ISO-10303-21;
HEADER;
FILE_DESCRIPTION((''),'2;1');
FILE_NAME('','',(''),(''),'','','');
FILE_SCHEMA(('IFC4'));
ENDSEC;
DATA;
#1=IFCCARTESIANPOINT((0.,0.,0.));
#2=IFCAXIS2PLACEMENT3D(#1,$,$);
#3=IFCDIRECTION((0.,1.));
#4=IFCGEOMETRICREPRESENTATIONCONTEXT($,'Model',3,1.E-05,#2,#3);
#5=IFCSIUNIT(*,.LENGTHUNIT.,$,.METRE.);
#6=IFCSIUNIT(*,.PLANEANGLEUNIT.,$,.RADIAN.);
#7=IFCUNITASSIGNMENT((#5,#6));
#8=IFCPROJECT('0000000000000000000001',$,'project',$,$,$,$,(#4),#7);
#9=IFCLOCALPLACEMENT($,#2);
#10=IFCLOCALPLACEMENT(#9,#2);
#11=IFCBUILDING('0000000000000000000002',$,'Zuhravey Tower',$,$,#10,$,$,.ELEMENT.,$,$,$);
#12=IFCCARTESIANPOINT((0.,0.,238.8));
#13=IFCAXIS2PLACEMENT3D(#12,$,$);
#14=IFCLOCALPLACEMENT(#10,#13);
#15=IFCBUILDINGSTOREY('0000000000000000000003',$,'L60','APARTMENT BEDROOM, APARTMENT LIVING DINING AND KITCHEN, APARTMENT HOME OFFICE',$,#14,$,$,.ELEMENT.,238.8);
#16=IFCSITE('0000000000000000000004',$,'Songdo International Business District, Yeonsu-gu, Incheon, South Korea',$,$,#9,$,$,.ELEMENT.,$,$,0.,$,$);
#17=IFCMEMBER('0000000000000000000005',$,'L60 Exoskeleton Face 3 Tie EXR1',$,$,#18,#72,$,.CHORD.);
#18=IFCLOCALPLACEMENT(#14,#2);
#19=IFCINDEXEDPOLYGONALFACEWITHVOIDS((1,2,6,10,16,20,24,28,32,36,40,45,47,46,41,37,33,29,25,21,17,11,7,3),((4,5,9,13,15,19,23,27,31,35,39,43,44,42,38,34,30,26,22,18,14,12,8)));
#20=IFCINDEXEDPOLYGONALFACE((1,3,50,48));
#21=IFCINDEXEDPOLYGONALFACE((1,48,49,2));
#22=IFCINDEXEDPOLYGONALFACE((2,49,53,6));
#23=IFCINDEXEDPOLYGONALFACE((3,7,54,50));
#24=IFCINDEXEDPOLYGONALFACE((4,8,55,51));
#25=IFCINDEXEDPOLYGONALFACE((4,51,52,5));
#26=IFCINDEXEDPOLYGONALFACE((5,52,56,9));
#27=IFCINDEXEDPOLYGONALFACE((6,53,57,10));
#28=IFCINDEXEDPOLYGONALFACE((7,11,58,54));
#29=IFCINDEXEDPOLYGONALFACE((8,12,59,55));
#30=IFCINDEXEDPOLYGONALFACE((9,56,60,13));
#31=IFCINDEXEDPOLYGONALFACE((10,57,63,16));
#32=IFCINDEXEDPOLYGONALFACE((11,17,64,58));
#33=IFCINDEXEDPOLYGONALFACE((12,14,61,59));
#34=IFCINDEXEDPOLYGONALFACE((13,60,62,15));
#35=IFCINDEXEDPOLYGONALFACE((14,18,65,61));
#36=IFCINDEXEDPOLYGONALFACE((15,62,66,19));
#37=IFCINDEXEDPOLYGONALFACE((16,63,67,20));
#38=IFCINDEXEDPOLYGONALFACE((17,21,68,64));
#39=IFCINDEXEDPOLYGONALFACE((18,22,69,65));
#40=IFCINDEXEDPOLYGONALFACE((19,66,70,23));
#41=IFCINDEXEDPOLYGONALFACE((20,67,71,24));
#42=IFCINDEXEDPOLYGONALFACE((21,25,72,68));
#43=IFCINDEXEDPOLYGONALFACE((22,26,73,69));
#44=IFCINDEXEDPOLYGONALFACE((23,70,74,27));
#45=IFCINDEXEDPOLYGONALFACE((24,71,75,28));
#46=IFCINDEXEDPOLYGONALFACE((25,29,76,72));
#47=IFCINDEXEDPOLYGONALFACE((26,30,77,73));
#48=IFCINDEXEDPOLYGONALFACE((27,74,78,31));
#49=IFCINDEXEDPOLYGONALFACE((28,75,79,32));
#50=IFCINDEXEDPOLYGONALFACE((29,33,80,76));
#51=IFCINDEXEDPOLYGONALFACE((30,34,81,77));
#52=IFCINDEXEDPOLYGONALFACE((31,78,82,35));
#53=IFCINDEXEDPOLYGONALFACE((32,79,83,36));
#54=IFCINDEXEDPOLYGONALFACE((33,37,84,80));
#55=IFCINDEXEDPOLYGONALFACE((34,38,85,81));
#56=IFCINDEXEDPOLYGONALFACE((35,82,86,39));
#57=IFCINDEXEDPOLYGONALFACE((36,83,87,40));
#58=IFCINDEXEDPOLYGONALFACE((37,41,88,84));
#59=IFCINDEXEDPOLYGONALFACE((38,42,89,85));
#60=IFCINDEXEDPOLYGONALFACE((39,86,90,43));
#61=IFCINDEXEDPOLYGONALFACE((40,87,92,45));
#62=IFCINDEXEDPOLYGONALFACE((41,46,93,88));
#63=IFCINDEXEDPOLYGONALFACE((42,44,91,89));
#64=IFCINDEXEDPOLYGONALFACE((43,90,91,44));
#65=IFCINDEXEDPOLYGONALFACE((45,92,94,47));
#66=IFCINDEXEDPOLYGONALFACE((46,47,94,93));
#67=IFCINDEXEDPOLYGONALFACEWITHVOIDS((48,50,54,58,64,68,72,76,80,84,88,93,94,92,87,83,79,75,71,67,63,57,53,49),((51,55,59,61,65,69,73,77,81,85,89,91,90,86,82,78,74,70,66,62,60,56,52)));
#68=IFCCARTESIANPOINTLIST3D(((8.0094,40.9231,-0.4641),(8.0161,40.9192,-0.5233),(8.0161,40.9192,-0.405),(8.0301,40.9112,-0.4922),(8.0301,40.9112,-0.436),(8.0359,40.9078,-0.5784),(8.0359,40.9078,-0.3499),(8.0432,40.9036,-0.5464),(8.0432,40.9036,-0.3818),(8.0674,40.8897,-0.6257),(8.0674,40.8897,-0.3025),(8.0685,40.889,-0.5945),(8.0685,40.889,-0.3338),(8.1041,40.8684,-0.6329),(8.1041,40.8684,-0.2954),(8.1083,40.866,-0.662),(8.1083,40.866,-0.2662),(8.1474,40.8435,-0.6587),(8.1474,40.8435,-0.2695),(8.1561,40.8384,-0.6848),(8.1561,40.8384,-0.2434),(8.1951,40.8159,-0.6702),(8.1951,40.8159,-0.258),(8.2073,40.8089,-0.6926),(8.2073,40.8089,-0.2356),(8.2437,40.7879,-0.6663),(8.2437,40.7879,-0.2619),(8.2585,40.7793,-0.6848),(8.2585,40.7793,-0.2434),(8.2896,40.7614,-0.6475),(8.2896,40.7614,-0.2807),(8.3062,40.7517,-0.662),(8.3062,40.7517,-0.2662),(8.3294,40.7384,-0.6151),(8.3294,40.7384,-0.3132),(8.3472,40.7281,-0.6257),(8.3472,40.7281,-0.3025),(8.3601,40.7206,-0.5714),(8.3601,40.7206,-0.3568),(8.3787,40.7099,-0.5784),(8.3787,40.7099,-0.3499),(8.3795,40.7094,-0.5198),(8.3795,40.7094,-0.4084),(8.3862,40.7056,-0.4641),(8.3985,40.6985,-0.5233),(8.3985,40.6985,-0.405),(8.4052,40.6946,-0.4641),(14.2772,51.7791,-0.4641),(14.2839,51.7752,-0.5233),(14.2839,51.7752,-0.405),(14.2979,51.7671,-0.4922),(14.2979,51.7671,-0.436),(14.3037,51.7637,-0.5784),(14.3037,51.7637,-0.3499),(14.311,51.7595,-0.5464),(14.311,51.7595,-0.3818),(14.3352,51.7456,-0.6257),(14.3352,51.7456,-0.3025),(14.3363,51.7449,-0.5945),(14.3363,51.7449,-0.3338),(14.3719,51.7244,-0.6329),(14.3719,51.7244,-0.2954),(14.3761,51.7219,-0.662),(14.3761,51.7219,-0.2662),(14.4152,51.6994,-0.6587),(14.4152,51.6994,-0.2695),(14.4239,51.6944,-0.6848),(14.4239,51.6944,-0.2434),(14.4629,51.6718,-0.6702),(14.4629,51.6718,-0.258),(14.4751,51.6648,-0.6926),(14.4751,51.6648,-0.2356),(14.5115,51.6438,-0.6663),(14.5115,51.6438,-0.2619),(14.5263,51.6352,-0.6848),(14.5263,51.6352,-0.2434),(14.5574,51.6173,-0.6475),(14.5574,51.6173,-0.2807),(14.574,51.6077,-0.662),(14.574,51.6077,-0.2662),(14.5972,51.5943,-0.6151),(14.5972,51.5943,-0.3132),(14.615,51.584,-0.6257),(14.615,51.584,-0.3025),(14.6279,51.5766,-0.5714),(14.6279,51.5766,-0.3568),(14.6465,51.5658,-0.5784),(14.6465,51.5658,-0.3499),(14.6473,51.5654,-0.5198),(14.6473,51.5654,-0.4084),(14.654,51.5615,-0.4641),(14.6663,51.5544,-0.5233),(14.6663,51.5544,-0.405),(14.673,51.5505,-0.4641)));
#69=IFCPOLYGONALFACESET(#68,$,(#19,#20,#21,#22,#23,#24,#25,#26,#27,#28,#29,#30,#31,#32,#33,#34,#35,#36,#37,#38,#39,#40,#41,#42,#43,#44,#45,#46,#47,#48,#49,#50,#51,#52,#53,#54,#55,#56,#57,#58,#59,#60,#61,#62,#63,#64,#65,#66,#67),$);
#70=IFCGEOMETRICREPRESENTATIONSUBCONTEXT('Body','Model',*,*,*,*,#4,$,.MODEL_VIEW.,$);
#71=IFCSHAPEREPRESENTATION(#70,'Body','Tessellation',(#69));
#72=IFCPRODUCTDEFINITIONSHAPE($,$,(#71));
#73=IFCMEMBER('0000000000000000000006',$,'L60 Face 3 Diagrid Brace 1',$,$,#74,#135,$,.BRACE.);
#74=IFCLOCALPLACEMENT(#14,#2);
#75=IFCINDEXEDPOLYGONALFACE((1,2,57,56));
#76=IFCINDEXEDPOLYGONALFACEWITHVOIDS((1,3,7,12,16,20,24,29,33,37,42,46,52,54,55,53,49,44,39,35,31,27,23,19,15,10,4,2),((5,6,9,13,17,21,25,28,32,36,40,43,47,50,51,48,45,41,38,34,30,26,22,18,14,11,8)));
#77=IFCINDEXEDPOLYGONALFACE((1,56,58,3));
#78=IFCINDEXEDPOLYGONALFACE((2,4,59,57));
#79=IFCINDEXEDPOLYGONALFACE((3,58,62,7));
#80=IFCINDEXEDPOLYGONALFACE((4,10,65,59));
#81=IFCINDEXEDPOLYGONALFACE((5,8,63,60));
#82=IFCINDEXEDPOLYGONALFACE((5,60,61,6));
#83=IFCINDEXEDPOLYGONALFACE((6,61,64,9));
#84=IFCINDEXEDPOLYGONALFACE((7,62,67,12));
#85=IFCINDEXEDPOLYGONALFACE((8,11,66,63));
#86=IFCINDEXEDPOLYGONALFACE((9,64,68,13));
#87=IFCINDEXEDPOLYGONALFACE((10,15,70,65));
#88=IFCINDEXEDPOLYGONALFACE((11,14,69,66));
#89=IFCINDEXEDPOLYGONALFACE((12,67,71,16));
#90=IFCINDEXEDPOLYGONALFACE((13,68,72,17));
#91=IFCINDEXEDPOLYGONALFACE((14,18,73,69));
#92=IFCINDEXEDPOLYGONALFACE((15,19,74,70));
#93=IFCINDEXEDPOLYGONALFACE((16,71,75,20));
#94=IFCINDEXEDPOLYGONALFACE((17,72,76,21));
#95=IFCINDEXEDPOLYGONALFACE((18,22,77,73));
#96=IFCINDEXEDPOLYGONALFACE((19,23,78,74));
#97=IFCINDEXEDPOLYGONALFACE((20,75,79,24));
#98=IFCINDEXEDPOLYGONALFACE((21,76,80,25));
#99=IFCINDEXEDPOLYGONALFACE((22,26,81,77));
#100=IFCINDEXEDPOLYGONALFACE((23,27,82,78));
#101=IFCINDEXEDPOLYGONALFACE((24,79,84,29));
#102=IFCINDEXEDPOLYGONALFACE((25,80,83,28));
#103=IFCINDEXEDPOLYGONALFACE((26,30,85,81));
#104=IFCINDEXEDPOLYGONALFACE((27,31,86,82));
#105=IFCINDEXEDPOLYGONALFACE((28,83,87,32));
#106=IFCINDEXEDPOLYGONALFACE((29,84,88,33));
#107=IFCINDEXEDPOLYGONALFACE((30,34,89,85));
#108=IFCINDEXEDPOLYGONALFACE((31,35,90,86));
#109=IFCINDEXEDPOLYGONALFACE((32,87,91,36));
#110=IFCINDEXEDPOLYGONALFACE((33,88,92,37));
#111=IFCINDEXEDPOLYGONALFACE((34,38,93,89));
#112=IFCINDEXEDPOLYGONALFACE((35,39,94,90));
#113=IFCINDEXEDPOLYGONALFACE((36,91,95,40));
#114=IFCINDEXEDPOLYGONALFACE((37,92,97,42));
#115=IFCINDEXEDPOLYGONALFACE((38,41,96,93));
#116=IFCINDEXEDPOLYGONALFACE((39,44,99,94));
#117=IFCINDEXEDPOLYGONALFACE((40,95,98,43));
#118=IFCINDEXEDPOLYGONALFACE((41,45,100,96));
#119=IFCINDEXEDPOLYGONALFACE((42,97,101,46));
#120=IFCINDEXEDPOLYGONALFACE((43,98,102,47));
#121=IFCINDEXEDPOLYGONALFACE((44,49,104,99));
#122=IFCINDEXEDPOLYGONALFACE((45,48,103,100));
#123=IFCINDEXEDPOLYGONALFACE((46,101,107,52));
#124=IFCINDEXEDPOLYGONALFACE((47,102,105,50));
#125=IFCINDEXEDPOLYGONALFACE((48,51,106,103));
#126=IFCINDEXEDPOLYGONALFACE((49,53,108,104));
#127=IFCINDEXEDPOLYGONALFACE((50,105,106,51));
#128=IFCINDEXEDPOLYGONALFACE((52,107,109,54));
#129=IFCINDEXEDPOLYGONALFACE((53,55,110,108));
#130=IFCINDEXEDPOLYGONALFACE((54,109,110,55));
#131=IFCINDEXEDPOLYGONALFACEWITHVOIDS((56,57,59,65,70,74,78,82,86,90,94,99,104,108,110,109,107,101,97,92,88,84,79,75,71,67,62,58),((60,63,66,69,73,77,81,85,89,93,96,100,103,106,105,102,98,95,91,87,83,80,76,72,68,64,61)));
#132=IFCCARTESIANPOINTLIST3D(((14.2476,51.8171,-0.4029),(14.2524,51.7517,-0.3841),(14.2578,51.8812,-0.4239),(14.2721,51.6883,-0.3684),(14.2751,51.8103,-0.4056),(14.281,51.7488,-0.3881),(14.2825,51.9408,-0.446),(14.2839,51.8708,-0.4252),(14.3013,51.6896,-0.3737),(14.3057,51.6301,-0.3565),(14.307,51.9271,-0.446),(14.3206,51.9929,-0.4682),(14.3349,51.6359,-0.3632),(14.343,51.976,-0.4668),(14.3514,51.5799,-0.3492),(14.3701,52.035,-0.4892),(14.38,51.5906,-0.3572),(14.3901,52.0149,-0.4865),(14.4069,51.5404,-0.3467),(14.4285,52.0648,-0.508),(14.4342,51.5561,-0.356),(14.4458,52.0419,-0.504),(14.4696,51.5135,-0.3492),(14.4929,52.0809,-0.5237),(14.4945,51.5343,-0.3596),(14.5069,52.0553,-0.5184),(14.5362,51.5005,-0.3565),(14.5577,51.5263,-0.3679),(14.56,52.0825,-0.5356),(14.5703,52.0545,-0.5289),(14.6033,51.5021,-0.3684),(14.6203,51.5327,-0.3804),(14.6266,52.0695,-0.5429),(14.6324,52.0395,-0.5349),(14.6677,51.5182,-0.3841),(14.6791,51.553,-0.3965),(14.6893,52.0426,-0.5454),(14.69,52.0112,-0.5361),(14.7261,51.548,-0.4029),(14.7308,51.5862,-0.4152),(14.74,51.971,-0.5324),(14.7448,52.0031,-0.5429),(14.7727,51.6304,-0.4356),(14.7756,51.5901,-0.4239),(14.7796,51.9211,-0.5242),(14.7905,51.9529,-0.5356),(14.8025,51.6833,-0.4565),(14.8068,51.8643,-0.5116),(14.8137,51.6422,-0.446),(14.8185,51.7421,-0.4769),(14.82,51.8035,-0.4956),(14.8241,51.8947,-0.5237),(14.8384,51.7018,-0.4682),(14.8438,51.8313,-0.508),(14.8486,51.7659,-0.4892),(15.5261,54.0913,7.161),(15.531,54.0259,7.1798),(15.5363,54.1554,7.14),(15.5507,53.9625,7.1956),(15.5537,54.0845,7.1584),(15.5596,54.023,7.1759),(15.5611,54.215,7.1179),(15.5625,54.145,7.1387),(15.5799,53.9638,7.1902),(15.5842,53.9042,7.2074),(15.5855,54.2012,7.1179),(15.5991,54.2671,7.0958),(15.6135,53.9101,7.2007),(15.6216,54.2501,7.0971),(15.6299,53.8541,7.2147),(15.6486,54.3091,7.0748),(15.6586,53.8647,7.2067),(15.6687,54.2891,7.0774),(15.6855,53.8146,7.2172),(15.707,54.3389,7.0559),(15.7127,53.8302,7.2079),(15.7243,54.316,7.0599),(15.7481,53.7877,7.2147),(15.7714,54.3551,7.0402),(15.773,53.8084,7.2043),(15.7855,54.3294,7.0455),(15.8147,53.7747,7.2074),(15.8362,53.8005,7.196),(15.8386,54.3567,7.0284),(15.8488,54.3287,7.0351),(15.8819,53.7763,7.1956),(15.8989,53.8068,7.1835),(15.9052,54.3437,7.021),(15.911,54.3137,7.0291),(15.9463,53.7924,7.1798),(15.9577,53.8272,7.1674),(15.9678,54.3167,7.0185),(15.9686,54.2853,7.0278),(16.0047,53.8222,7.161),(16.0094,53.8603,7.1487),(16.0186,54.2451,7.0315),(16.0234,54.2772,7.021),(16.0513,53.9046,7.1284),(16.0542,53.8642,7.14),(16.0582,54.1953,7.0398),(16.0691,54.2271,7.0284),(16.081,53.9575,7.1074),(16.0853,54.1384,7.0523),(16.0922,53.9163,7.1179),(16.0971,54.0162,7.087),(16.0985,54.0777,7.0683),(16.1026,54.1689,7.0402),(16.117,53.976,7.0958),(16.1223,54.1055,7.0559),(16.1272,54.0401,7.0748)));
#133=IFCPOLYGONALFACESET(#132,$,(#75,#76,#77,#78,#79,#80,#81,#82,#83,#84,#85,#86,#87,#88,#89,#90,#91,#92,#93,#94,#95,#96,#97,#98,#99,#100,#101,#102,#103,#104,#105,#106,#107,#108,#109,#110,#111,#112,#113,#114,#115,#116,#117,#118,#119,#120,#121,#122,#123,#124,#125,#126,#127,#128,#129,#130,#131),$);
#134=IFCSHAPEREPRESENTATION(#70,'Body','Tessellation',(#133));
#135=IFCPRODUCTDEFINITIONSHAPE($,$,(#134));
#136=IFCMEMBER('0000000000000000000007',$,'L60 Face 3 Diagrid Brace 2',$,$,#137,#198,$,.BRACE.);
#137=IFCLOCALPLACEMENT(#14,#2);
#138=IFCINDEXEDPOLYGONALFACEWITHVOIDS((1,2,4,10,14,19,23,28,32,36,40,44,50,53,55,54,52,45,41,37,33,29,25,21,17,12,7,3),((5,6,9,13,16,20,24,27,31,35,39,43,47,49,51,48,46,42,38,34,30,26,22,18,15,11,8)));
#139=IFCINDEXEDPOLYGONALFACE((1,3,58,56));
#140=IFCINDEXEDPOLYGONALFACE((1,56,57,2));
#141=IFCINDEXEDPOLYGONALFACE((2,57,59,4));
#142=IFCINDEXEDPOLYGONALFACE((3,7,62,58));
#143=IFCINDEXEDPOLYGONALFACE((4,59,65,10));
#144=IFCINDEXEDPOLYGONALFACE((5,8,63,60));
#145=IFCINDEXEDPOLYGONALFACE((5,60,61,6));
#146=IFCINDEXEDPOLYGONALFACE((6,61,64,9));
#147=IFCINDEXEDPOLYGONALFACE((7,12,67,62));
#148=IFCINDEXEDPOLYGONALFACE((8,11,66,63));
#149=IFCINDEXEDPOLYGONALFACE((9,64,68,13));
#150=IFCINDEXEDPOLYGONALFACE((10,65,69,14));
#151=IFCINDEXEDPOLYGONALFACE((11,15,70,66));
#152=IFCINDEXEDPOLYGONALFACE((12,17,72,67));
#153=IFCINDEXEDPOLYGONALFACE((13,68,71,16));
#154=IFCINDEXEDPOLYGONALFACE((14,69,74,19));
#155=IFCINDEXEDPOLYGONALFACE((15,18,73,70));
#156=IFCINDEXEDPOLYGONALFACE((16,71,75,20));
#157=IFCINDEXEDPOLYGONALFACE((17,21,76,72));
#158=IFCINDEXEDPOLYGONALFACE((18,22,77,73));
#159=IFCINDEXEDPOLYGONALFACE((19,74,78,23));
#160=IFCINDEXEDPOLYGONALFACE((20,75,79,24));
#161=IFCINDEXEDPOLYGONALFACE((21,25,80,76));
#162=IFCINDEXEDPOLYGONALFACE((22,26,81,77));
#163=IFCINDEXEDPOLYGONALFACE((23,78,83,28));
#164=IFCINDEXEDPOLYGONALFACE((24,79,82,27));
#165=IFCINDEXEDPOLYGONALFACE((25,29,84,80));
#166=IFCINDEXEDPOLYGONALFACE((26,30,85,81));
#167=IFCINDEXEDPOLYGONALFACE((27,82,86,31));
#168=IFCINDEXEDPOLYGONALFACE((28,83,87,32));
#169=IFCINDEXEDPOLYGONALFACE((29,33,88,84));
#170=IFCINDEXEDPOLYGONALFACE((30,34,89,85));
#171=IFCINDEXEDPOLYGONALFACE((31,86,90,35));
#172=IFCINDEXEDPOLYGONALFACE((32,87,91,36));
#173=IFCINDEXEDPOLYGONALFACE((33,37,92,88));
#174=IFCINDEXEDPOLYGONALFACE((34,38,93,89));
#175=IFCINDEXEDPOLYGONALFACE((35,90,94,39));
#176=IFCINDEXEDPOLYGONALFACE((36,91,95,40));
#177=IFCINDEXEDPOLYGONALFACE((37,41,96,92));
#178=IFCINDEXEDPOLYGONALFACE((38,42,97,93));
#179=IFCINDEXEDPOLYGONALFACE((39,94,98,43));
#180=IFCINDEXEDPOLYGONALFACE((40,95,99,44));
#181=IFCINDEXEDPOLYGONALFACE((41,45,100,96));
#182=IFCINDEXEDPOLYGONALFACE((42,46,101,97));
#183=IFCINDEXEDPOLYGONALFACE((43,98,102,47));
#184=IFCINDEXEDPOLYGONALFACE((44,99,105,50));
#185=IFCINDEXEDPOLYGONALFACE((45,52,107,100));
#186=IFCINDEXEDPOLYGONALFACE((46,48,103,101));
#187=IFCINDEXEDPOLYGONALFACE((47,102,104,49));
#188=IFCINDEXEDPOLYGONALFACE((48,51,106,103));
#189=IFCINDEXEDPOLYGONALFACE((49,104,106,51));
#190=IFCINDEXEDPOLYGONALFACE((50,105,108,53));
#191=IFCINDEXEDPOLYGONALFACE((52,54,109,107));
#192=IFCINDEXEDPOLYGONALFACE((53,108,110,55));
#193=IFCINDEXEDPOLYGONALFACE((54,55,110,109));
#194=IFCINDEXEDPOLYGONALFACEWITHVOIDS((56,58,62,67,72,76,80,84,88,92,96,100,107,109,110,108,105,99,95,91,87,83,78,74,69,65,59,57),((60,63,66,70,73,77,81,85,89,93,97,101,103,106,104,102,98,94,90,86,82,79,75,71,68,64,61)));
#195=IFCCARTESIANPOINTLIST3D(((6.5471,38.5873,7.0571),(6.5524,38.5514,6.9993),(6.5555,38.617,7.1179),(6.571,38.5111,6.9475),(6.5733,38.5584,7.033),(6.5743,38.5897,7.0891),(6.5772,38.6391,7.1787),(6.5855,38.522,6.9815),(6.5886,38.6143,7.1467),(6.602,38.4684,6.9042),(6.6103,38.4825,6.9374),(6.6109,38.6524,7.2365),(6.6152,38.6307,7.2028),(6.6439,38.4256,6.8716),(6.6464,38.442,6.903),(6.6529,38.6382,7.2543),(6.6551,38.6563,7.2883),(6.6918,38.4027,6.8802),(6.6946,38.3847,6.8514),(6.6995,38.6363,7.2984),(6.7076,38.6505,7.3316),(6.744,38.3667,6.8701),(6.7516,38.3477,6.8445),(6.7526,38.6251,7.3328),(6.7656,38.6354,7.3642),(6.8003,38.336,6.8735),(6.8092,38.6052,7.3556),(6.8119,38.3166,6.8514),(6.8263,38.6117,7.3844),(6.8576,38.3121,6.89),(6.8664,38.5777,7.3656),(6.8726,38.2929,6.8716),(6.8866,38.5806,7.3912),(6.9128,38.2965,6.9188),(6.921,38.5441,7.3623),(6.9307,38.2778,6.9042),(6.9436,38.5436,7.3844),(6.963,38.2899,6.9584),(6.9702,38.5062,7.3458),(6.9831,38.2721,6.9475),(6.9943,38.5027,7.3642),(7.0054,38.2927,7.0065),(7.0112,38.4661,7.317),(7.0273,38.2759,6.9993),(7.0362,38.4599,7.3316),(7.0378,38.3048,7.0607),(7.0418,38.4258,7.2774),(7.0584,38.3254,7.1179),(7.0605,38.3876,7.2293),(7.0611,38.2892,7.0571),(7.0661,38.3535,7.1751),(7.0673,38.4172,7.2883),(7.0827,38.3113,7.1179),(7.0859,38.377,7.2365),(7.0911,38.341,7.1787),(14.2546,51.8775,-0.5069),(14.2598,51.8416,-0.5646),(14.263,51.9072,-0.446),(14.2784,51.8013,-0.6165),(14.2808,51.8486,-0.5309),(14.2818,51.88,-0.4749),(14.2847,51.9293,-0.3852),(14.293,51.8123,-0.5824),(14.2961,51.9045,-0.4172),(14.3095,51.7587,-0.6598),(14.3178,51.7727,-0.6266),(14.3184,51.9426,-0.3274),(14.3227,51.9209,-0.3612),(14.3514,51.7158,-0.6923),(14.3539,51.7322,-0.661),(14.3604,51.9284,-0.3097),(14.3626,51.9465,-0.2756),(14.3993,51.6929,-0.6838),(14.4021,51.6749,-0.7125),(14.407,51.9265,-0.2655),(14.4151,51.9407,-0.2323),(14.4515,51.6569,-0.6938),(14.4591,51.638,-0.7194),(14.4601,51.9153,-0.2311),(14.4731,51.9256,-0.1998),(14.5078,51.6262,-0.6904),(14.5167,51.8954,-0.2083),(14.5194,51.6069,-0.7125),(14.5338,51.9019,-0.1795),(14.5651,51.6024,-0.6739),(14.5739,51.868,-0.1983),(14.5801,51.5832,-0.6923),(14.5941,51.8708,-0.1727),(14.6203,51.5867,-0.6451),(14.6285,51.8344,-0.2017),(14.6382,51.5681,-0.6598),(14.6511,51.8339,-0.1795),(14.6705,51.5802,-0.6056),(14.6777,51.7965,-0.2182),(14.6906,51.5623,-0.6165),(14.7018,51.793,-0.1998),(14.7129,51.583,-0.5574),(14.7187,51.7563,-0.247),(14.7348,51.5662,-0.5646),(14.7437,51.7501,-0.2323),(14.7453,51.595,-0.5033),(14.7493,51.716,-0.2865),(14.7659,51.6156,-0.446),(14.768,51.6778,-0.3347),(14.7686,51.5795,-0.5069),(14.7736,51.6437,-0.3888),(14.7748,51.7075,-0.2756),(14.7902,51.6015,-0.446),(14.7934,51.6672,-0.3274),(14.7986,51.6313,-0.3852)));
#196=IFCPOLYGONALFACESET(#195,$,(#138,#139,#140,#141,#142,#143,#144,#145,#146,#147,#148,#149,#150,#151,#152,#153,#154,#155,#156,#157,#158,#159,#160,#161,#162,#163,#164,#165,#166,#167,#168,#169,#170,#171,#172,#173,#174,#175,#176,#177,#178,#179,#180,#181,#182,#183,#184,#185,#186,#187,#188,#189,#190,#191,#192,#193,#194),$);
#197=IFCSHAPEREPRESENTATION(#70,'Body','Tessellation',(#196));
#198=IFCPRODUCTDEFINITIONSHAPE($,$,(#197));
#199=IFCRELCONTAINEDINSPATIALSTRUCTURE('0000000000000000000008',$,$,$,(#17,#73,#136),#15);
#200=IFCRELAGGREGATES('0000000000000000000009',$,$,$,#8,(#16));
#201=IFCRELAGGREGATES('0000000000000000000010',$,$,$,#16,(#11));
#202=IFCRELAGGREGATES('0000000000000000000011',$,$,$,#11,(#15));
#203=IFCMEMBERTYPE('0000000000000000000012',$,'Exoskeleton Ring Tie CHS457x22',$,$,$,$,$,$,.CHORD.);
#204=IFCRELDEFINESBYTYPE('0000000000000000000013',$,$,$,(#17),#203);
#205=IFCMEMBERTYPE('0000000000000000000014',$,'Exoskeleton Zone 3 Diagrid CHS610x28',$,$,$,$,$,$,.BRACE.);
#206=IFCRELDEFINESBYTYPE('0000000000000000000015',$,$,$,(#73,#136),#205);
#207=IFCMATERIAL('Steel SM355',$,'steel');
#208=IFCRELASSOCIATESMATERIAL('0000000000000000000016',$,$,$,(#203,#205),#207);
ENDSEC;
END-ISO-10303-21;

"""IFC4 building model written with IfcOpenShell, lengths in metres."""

from ifc_helpers import new_model, si_unit, direction, frame, origin, origin_2d, place, context, subcontext, project, spatial, hollow_circle, extrude, material, material_profile, profile_set, type_object, element, save


model = new_model("IFC4")

# Units and contexts
model_context = context("Model", 3, precision=1e-05, world=origin(), true_north=direction((0.0, 1.0)))
body_context = subcontext(model_context, "Body", "Model", "MODEL_VIEW")
ifc_project = project(units=[si_unit("LENGTHUNIT", "METRE"), si_unit("PLANEANGLEUNIT", "RADIAN")], contexts=[model_context])

# Site, building, storey
site_placement = place(None, origin())
site = spatial("IfcSite", under=ifc_project, at=site_placement, Name="Songdo International Business District, Yeonsu-gu, Incheon, South Korea", CompositionType="ELEMENT", RefElevation=0.0)
building_placement = place(site_placement, origin())
building = spatial("IfcBuilding", under=site, at=building_placement, Name="Zuhravey Tower", CompositionType="ELEMENT")
storey_placement = place(building_placement, frame((0.0, 0.0, 238.8)))
storey = spatial("IfcBuildingStorey", under=building, at=storey_placement, Name="L60", Description="APARTMENT BEDROOM, APARTMENT LIVING DINING AND KITCHEN, APARTMENT HOME OFFICE", CompositionType="ELEMENT", Elevation=238.8)

# Members
ifc_material_1 = material(Name="Steel SM355", Category="steel")
ifc_material_profile_1 = material_profile(ifc_material_1, hollow_circle(Radius=0.2285, WallThickness=0.022, at=origin_2d()), Name="CHS-457.2x22")
ifc_profile_set_1 = profile_set([ifc_material_profile_1], Name="Steel SM355")
member_type_1 = type_object("IfcMemberType", Name="Exoskeleton Ring Tie CHS457x22", PredefinedType="CHORD", material=ifc_profile_set_1)
member_1_placement = place(storey_placement, frame((14.4751, 51.6648, -0.4641), z_axis=(-0.500008, -0.866021, 0.0), x_axis=(0.866021, -0.500008, 0.0)))
element("IfcMember", 1, at=member_1_placement, inside=storey, type_object=member_type_1, Name="L60 Exoskeleton Face 3 Tie EXR1", PredefinedType="CHORD", context=body_context, shape_type="SweptSolid", body=[
    extrude(hollow_circle(Radius=0.2285, WallThickness=0.022, at=origin_2d()), origin(), (0.0, 0.0, 1.0), 12.5354),
])
ifc_material_profile_2 = material_profile(ifc_material_1, hollow_circle(Radius=0.3047, WallThickness=0.0281, at=origin_2d()), Name="CHS-609.6x28")
ifc_profile_set_2 = profile_set([ifc_material_profile_2], Name="Steel SM355")
member_type_2 = type_object("IfcMemberType", Name="Exoskeleton Zone 3 Diagrid CHS610x28", PredefinedType="BRACE", material=ifc_profile_set_2)
member_2_placement = place(storey_placement, frame((14.5481, 51.7915, -0.446), z_axis=(0.159795, 0.284227, 0.945347), x_axis=(-0.871683, 0.49007, 0.0)))
element("IfcMember", 2, at=member_2_placement, inside=storey, type_object=member_type_2, Name="L60 Face 3 Diagrid Brace 1", PredefinedType="BRACE", context=body_context, shape_type="SweptSolid", body=[
    extrude(hollow_circle(Radius=0.3047, WallThickness=0.0281, at=origin_2d()), origin(), (0.0, 0.0, 1.0), 8.0012),
])
member_3_placement = place(storey_placement, frame((14.5266, 51.7544, -0.446), z_axis=(-0.450085, -0.776094, 0.441702), x_axis=(0.865055, -0.501677, 0.0)))
element("IfcMember", 3, at=member_3_placement, inside=storey, type_object=member_type_2, Name="L60 Face 3 Diagrid Brace 2", PredefinedType="BRACE", context=body_context, shape_type="SweptSolid", body=[
    extrude(hollow_circle(Radius=0.3047, WallThickness=0.0281, at=origin_2d()), origin(), (0.0, 0.0, 1.0), 17.1245),
])

save(model, "model.ifc")
